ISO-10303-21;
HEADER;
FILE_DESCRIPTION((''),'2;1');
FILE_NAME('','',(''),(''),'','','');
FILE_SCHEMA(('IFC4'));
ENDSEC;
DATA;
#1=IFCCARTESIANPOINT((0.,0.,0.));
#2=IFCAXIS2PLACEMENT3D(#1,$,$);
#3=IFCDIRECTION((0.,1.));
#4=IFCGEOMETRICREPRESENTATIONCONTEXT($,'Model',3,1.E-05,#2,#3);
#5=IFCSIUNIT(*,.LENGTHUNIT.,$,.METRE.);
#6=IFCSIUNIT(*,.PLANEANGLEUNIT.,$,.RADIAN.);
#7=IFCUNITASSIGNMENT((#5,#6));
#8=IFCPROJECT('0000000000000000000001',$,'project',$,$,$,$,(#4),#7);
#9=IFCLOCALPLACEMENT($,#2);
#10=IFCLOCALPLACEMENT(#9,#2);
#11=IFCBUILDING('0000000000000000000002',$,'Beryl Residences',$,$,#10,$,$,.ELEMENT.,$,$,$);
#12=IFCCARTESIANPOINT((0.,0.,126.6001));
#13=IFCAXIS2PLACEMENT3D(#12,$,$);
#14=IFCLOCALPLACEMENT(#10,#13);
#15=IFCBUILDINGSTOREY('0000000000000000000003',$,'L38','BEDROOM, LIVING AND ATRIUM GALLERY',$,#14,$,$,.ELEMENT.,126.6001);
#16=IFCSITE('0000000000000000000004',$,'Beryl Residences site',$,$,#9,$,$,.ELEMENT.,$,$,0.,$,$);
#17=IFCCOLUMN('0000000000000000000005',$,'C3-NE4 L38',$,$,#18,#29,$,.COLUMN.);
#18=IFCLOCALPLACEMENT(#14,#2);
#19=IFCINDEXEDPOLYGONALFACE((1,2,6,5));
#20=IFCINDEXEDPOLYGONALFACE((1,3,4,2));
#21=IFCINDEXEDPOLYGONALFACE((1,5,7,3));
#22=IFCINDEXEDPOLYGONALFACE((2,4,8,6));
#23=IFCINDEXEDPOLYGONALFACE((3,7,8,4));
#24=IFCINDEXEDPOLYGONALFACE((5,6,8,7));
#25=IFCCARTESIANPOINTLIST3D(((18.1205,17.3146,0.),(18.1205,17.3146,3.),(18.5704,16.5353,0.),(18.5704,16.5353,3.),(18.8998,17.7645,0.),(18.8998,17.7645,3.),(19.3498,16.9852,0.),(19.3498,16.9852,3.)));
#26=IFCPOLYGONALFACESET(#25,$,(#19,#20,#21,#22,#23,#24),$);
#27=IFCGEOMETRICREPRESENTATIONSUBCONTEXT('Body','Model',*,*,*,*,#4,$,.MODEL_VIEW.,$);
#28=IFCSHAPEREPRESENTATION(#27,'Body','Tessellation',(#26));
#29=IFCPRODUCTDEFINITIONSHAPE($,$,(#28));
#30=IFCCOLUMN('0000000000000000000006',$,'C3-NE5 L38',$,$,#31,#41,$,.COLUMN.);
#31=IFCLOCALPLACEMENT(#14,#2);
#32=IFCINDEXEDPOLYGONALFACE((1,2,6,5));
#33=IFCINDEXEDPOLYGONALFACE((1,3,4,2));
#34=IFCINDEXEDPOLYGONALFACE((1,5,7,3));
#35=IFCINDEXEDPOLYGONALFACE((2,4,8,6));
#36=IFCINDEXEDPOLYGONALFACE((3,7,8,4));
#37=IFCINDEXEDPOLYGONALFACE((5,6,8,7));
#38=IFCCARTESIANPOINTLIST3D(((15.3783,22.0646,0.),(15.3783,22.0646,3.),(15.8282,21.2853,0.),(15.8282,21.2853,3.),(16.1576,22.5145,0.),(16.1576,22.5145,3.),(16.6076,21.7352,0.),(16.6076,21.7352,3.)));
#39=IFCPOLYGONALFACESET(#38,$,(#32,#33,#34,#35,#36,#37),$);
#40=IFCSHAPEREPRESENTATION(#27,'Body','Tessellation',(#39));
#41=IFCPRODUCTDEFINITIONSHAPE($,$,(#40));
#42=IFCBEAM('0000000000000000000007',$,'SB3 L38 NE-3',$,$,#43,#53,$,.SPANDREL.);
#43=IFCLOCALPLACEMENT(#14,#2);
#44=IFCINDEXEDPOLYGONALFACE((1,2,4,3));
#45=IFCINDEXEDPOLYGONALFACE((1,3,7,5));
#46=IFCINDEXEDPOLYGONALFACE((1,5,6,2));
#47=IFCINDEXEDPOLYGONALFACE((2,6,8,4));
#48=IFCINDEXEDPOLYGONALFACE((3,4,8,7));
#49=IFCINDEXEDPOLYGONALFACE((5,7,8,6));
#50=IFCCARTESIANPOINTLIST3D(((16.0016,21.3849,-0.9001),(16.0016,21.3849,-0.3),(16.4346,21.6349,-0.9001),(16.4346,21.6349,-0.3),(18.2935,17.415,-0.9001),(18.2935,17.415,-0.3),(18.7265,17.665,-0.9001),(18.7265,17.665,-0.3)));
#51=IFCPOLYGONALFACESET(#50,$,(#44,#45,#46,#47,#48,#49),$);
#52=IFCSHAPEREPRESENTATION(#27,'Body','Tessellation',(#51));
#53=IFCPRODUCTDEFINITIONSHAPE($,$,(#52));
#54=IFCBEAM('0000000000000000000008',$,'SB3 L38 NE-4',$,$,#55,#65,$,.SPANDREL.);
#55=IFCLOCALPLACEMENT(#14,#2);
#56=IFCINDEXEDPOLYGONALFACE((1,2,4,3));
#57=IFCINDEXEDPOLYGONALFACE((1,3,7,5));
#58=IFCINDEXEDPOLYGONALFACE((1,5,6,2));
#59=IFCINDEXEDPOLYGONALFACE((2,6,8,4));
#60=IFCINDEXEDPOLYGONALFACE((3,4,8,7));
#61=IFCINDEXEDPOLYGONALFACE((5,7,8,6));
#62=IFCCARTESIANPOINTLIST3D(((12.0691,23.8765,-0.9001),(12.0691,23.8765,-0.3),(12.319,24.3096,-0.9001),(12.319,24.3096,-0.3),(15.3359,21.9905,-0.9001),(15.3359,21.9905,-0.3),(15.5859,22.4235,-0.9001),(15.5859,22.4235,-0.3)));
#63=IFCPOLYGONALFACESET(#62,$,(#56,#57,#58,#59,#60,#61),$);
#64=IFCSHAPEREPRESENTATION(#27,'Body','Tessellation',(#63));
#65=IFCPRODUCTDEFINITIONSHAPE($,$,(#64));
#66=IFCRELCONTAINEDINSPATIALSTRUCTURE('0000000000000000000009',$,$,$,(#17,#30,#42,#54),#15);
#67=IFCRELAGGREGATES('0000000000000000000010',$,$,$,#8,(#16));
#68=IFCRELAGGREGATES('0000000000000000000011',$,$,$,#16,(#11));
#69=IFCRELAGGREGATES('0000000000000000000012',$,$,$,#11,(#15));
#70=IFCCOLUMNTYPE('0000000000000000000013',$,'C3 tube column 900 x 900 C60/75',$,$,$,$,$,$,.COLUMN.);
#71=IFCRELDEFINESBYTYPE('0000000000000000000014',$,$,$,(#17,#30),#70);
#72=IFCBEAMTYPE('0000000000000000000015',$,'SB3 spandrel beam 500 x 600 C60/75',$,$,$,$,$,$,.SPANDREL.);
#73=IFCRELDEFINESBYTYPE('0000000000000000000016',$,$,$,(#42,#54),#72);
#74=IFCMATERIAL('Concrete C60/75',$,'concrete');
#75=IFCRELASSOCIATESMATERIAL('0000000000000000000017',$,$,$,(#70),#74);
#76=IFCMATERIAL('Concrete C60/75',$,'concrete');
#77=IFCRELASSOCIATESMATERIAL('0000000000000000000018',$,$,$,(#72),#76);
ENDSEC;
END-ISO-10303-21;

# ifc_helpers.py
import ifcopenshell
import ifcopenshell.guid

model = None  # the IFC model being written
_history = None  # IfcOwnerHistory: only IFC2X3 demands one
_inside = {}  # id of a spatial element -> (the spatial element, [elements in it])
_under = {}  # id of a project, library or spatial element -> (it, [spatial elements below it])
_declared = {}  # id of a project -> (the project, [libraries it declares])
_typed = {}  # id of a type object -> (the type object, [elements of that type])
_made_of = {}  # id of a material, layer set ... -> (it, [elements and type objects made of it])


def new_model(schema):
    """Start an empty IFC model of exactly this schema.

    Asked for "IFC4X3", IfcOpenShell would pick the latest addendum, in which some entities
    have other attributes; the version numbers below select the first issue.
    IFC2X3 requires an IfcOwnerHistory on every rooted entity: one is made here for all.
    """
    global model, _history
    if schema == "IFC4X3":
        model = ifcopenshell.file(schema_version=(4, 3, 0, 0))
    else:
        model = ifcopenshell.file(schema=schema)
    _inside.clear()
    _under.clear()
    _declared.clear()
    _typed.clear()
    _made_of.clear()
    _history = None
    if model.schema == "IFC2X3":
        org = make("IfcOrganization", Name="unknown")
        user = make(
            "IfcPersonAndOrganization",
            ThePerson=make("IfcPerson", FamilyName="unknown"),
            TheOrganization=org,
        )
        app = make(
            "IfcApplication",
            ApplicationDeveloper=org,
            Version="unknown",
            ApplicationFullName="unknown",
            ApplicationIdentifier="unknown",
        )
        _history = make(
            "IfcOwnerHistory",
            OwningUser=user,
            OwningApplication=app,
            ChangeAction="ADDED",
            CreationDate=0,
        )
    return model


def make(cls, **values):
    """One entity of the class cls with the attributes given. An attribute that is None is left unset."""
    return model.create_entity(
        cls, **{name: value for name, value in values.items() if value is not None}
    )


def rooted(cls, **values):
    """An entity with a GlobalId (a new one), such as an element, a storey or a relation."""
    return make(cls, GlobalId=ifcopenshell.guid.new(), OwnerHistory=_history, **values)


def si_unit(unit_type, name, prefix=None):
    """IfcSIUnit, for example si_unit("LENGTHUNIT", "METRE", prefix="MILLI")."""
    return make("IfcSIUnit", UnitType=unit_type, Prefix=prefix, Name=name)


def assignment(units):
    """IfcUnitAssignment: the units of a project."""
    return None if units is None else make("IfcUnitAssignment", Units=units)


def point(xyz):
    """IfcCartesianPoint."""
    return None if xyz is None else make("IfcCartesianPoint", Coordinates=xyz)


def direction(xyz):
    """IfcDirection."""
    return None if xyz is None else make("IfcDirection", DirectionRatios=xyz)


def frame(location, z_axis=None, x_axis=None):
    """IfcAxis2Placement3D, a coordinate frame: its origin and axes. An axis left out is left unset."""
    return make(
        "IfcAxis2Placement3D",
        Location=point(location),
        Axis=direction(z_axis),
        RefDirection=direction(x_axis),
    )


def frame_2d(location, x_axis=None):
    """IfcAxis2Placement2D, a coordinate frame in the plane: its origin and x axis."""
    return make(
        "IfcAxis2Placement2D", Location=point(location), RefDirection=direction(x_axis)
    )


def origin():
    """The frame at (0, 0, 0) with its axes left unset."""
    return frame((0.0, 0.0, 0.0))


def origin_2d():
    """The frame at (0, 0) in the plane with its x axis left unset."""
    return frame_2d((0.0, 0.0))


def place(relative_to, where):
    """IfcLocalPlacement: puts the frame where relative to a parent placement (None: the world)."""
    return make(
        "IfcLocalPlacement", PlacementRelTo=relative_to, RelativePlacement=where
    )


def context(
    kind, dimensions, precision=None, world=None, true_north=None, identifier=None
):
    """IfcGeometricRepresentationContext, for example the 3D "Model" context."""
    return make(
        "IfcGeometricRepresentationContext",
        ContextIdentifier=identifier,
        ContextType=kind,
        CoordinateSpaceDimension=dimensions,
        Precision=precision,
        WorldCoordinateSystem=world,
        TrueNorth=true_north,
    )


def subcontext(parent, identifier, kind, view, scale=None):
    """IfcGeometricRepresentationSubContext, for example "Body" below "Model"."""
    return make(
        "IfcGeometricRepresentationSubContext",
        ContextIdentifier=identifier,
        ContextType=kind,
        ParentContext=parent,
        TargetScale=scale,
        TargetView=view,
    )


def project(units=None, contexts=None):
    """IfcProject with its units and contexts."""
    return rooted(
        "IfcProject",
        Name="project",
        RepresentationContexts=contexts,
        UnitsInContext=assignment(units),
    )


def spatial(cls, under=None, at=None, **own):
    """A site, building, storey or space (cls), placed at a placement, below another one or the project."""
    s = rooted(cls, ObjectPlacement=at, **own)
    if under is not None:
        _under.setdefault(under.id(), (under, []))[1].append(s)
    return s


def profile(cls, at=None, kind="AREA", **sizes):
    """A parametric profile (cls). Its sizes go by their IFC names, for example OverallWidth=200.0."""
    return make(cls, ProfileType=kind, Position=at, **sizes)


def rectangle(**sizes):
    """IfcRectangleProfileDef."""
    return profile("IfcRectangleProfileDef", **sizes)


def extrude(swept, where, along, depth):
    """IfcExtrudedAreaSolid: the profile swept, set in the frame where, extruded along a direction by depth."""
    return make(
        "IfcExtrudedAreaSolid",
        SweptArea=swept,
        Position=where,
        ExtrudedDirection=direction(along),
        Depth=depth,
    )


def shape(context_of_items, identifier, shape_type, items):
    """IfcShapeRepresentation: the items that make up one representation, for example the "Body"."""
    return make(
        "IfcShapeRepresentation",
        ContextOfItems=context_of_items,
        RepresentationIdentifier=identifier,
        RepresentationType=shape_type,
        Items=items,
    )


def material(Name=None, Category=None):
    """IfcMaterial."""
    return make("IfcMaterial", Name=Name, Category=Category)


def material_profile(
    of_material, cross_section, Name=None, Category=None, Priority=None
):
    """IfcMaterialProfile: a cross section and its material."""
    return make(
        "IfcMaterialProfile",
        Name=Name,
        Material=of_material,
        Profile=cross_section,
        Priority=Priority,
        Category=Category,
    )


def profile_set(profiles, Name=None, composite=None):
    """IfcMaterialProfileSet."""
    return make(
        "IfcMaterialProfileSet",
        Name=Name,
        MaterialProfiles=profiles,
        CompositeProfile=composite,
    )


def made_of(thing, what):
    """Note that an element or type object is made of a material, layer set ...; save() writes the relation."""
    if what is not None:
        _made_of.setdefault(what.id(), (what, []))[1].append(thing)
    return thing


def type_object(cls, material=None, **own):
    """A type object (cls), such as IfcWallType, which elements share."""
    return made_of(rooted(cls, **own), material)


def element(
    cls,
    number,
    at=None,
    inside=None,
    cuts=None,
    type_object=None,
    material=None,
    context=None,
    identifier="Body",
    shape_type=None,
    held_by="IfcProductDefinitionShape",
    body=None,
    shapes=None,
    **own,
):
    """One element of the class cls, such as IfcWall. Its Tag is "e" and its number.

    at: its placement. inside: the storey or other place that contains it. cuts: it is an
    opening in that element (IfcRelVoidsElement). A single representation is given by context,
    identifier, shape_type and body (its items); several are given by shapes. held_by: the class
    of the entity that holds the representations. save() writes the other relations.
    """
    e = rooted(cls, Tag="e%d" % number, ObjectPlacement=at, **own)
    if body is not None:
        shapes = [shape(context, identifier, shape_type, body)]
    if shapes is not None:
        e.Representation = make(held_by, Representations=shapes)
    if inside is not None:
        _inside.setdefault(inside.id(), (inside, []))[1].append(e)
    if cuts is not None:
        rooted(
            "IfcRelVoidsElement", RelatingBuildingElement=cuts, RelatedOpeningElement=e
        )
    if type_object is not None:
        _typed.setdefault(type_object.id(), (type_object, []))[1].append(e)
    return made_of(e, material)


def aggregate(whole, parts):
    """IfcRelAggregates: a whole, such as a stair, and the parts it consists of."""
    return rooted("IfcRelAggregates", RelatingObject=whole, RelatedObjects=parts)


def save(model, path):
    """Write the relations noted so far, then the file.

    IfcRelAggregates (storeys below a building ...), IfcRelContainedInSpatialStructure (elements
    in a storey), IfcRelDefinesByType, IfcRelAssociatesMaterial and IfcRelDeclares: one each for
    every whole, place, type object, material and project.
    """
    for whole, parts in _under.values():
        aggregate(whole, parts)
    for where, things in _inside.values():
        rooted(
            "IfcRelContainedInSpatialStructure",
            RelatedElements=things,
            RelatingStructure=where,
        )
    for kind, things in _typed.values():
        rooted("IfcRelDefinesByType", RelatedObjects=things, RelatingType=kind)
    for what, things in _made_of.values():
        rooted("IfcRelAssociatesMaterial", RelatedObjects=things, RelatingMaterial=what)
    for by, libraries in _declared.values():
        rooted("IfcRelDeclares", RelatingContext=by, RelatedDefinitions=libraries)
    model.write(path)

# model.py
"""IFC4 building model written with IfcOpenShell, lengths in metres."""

from ifc_helpers import new_model, si_unit, direction, frame, origin, origin_2d, place, context, subcontext, project, spatial, rectangle, extrude, material, material_profile, profile_set, type_object, element, save


model = new_model("IFC4")

# Units and contexts
model_context = context("Model", 3, precision=1e-05, world=origin(), true_north=direction((0.0, 1.0)))
body_context = subcontext(model_context, "Body", "Model", "MODEL_VIEW")
ifc_project = project(units=[si_unit("LENGTHUNIT", "METRE"), si_unit("PLANEANGLEUNIT", "RADIAN")], contexts=[model_context])

# Site, building, storey
site_placement = place(None, origin())
site = spatial("IfcSite", under=ifc_project, at=site_placement, Name="Beryl Residences site", CompositionType="ELEMENT", RefElevation=0.0)
building_placement = place(site_placement, origin())
building = spatial("IfcBuilding", under=site, at=building_placement, Name="Beryl Residences", CompositionType="ELEMENT")
storey_placement = place(building_placement, frame((0.0, 0.0, 126.6001)))
storey = spatial("IfcBuildingStorey", under=building, at=storey_placement, Name="L38", Description="BEDROOM, LIVING AND ATRIUM GALLERY", CompositionType="ELEMENT", Elevation=126.6001)

# Columns
ifc_material_1 = material(Name="Concrete C60/75", Category="concrete")
ifc_material_profile_1 = material_profile(ifc_material_1, rectangle(XDim=0.8999, YDim=0.8999, at=origin_2d()))
ifc_profile_set_1 = profile_set([ifc_material_profile_1], Name="Concrete C60/75")
column_type = type_object("IfcColumnType", Name="C3 tube column 900 x 900 C60/75", PredefinedType="COLUMN", material=ifc_profile_set_1)
for number, where, z_axis, x_axis, name in (
    (1, (18.7351, 17.1499, 0.0), (0.0, 0.0, 1.0), (-0.5, 0.866025, 0.0), "C3-NE4 L38"),
    (2, (15.9929, 21.8999, 0.0), (0.0, 0.0, 1.0), (-0.5, 0.866025, 0.0), "C3-NE5 L38"),
):
    element("IfcColumn", number, at=place(storey_placement, frame(where, z_axis=z_axis, x_axis=x_axis)), inside=storey, type_object=column_type, Name=name, PredefinedType="COLUMN", context=body_context, shape_type="SweptSolid", body=[
        extrude(rectangle(XDim=0.8999, YDim=0.8999, at=origin_2d()), origin(), (0.0, 0.0, 1.0), 3.0),
    ])

# Beams
ifc_material_2 = material(Name="Concrete C60/75", Category="concrete")
ifc_material_profile_2 = material_profile(ifc_material_2, rectangle(XDim=0.5, YDim=0.6001, at=origin_2d()))
ifc_profile_set_2 = profile_set([ifc_material_profile_2], Name="Concrete C60/75")
beam_type = type_object("IfcBeamType", Name="SB3 spandrel beam 500 x 600 C60/75", PredefinedType="SPANDREL", material=ifc_profile_set_2)
beam_1_placement = place(storey_placement, frame((18.51, 17.54, -0.6001), z_axis=(-0.499988, 0.866032, 0.0), x_axis=(-0.866032, -0.499988, 0.0)))
element("IfcBeam", 3, at=beam_1_placement, inside=storey, type_object=beam_type, Name="SB3 L38 NE-3", PredefinedType="SPANDREL", context=body_context, shape_type="SweptSolid", body=[
    extrude(rectangle(XDim=0.5, YDim=0.6001, at=origin_2d()), origin(), (0.0, 0.0, 1.0), 4.584),
])
beam_2_placement = place(storey_placement, frame((15.4609, 22.207, -0.6001), z_axis=(-0.86604, 0.499975, 0.0), x_axis=(-0.499975, -0.86604, 0.0)))
element("IfcBeam", 4, at=beam_2_placement, inside=storey, type_object=beam_type, Name="SB3 L38 NE-4", PredefinedType="SPANDREL", context=body_context, shape_type="SweptSolid", body=[
    extrude(rectangle(XDim=0.5, YDim=0.6001, at=origin_2d()), origin(), (0.0, 0.0, 1.0), 3.7722),
])

save(model, "model.ifc")
